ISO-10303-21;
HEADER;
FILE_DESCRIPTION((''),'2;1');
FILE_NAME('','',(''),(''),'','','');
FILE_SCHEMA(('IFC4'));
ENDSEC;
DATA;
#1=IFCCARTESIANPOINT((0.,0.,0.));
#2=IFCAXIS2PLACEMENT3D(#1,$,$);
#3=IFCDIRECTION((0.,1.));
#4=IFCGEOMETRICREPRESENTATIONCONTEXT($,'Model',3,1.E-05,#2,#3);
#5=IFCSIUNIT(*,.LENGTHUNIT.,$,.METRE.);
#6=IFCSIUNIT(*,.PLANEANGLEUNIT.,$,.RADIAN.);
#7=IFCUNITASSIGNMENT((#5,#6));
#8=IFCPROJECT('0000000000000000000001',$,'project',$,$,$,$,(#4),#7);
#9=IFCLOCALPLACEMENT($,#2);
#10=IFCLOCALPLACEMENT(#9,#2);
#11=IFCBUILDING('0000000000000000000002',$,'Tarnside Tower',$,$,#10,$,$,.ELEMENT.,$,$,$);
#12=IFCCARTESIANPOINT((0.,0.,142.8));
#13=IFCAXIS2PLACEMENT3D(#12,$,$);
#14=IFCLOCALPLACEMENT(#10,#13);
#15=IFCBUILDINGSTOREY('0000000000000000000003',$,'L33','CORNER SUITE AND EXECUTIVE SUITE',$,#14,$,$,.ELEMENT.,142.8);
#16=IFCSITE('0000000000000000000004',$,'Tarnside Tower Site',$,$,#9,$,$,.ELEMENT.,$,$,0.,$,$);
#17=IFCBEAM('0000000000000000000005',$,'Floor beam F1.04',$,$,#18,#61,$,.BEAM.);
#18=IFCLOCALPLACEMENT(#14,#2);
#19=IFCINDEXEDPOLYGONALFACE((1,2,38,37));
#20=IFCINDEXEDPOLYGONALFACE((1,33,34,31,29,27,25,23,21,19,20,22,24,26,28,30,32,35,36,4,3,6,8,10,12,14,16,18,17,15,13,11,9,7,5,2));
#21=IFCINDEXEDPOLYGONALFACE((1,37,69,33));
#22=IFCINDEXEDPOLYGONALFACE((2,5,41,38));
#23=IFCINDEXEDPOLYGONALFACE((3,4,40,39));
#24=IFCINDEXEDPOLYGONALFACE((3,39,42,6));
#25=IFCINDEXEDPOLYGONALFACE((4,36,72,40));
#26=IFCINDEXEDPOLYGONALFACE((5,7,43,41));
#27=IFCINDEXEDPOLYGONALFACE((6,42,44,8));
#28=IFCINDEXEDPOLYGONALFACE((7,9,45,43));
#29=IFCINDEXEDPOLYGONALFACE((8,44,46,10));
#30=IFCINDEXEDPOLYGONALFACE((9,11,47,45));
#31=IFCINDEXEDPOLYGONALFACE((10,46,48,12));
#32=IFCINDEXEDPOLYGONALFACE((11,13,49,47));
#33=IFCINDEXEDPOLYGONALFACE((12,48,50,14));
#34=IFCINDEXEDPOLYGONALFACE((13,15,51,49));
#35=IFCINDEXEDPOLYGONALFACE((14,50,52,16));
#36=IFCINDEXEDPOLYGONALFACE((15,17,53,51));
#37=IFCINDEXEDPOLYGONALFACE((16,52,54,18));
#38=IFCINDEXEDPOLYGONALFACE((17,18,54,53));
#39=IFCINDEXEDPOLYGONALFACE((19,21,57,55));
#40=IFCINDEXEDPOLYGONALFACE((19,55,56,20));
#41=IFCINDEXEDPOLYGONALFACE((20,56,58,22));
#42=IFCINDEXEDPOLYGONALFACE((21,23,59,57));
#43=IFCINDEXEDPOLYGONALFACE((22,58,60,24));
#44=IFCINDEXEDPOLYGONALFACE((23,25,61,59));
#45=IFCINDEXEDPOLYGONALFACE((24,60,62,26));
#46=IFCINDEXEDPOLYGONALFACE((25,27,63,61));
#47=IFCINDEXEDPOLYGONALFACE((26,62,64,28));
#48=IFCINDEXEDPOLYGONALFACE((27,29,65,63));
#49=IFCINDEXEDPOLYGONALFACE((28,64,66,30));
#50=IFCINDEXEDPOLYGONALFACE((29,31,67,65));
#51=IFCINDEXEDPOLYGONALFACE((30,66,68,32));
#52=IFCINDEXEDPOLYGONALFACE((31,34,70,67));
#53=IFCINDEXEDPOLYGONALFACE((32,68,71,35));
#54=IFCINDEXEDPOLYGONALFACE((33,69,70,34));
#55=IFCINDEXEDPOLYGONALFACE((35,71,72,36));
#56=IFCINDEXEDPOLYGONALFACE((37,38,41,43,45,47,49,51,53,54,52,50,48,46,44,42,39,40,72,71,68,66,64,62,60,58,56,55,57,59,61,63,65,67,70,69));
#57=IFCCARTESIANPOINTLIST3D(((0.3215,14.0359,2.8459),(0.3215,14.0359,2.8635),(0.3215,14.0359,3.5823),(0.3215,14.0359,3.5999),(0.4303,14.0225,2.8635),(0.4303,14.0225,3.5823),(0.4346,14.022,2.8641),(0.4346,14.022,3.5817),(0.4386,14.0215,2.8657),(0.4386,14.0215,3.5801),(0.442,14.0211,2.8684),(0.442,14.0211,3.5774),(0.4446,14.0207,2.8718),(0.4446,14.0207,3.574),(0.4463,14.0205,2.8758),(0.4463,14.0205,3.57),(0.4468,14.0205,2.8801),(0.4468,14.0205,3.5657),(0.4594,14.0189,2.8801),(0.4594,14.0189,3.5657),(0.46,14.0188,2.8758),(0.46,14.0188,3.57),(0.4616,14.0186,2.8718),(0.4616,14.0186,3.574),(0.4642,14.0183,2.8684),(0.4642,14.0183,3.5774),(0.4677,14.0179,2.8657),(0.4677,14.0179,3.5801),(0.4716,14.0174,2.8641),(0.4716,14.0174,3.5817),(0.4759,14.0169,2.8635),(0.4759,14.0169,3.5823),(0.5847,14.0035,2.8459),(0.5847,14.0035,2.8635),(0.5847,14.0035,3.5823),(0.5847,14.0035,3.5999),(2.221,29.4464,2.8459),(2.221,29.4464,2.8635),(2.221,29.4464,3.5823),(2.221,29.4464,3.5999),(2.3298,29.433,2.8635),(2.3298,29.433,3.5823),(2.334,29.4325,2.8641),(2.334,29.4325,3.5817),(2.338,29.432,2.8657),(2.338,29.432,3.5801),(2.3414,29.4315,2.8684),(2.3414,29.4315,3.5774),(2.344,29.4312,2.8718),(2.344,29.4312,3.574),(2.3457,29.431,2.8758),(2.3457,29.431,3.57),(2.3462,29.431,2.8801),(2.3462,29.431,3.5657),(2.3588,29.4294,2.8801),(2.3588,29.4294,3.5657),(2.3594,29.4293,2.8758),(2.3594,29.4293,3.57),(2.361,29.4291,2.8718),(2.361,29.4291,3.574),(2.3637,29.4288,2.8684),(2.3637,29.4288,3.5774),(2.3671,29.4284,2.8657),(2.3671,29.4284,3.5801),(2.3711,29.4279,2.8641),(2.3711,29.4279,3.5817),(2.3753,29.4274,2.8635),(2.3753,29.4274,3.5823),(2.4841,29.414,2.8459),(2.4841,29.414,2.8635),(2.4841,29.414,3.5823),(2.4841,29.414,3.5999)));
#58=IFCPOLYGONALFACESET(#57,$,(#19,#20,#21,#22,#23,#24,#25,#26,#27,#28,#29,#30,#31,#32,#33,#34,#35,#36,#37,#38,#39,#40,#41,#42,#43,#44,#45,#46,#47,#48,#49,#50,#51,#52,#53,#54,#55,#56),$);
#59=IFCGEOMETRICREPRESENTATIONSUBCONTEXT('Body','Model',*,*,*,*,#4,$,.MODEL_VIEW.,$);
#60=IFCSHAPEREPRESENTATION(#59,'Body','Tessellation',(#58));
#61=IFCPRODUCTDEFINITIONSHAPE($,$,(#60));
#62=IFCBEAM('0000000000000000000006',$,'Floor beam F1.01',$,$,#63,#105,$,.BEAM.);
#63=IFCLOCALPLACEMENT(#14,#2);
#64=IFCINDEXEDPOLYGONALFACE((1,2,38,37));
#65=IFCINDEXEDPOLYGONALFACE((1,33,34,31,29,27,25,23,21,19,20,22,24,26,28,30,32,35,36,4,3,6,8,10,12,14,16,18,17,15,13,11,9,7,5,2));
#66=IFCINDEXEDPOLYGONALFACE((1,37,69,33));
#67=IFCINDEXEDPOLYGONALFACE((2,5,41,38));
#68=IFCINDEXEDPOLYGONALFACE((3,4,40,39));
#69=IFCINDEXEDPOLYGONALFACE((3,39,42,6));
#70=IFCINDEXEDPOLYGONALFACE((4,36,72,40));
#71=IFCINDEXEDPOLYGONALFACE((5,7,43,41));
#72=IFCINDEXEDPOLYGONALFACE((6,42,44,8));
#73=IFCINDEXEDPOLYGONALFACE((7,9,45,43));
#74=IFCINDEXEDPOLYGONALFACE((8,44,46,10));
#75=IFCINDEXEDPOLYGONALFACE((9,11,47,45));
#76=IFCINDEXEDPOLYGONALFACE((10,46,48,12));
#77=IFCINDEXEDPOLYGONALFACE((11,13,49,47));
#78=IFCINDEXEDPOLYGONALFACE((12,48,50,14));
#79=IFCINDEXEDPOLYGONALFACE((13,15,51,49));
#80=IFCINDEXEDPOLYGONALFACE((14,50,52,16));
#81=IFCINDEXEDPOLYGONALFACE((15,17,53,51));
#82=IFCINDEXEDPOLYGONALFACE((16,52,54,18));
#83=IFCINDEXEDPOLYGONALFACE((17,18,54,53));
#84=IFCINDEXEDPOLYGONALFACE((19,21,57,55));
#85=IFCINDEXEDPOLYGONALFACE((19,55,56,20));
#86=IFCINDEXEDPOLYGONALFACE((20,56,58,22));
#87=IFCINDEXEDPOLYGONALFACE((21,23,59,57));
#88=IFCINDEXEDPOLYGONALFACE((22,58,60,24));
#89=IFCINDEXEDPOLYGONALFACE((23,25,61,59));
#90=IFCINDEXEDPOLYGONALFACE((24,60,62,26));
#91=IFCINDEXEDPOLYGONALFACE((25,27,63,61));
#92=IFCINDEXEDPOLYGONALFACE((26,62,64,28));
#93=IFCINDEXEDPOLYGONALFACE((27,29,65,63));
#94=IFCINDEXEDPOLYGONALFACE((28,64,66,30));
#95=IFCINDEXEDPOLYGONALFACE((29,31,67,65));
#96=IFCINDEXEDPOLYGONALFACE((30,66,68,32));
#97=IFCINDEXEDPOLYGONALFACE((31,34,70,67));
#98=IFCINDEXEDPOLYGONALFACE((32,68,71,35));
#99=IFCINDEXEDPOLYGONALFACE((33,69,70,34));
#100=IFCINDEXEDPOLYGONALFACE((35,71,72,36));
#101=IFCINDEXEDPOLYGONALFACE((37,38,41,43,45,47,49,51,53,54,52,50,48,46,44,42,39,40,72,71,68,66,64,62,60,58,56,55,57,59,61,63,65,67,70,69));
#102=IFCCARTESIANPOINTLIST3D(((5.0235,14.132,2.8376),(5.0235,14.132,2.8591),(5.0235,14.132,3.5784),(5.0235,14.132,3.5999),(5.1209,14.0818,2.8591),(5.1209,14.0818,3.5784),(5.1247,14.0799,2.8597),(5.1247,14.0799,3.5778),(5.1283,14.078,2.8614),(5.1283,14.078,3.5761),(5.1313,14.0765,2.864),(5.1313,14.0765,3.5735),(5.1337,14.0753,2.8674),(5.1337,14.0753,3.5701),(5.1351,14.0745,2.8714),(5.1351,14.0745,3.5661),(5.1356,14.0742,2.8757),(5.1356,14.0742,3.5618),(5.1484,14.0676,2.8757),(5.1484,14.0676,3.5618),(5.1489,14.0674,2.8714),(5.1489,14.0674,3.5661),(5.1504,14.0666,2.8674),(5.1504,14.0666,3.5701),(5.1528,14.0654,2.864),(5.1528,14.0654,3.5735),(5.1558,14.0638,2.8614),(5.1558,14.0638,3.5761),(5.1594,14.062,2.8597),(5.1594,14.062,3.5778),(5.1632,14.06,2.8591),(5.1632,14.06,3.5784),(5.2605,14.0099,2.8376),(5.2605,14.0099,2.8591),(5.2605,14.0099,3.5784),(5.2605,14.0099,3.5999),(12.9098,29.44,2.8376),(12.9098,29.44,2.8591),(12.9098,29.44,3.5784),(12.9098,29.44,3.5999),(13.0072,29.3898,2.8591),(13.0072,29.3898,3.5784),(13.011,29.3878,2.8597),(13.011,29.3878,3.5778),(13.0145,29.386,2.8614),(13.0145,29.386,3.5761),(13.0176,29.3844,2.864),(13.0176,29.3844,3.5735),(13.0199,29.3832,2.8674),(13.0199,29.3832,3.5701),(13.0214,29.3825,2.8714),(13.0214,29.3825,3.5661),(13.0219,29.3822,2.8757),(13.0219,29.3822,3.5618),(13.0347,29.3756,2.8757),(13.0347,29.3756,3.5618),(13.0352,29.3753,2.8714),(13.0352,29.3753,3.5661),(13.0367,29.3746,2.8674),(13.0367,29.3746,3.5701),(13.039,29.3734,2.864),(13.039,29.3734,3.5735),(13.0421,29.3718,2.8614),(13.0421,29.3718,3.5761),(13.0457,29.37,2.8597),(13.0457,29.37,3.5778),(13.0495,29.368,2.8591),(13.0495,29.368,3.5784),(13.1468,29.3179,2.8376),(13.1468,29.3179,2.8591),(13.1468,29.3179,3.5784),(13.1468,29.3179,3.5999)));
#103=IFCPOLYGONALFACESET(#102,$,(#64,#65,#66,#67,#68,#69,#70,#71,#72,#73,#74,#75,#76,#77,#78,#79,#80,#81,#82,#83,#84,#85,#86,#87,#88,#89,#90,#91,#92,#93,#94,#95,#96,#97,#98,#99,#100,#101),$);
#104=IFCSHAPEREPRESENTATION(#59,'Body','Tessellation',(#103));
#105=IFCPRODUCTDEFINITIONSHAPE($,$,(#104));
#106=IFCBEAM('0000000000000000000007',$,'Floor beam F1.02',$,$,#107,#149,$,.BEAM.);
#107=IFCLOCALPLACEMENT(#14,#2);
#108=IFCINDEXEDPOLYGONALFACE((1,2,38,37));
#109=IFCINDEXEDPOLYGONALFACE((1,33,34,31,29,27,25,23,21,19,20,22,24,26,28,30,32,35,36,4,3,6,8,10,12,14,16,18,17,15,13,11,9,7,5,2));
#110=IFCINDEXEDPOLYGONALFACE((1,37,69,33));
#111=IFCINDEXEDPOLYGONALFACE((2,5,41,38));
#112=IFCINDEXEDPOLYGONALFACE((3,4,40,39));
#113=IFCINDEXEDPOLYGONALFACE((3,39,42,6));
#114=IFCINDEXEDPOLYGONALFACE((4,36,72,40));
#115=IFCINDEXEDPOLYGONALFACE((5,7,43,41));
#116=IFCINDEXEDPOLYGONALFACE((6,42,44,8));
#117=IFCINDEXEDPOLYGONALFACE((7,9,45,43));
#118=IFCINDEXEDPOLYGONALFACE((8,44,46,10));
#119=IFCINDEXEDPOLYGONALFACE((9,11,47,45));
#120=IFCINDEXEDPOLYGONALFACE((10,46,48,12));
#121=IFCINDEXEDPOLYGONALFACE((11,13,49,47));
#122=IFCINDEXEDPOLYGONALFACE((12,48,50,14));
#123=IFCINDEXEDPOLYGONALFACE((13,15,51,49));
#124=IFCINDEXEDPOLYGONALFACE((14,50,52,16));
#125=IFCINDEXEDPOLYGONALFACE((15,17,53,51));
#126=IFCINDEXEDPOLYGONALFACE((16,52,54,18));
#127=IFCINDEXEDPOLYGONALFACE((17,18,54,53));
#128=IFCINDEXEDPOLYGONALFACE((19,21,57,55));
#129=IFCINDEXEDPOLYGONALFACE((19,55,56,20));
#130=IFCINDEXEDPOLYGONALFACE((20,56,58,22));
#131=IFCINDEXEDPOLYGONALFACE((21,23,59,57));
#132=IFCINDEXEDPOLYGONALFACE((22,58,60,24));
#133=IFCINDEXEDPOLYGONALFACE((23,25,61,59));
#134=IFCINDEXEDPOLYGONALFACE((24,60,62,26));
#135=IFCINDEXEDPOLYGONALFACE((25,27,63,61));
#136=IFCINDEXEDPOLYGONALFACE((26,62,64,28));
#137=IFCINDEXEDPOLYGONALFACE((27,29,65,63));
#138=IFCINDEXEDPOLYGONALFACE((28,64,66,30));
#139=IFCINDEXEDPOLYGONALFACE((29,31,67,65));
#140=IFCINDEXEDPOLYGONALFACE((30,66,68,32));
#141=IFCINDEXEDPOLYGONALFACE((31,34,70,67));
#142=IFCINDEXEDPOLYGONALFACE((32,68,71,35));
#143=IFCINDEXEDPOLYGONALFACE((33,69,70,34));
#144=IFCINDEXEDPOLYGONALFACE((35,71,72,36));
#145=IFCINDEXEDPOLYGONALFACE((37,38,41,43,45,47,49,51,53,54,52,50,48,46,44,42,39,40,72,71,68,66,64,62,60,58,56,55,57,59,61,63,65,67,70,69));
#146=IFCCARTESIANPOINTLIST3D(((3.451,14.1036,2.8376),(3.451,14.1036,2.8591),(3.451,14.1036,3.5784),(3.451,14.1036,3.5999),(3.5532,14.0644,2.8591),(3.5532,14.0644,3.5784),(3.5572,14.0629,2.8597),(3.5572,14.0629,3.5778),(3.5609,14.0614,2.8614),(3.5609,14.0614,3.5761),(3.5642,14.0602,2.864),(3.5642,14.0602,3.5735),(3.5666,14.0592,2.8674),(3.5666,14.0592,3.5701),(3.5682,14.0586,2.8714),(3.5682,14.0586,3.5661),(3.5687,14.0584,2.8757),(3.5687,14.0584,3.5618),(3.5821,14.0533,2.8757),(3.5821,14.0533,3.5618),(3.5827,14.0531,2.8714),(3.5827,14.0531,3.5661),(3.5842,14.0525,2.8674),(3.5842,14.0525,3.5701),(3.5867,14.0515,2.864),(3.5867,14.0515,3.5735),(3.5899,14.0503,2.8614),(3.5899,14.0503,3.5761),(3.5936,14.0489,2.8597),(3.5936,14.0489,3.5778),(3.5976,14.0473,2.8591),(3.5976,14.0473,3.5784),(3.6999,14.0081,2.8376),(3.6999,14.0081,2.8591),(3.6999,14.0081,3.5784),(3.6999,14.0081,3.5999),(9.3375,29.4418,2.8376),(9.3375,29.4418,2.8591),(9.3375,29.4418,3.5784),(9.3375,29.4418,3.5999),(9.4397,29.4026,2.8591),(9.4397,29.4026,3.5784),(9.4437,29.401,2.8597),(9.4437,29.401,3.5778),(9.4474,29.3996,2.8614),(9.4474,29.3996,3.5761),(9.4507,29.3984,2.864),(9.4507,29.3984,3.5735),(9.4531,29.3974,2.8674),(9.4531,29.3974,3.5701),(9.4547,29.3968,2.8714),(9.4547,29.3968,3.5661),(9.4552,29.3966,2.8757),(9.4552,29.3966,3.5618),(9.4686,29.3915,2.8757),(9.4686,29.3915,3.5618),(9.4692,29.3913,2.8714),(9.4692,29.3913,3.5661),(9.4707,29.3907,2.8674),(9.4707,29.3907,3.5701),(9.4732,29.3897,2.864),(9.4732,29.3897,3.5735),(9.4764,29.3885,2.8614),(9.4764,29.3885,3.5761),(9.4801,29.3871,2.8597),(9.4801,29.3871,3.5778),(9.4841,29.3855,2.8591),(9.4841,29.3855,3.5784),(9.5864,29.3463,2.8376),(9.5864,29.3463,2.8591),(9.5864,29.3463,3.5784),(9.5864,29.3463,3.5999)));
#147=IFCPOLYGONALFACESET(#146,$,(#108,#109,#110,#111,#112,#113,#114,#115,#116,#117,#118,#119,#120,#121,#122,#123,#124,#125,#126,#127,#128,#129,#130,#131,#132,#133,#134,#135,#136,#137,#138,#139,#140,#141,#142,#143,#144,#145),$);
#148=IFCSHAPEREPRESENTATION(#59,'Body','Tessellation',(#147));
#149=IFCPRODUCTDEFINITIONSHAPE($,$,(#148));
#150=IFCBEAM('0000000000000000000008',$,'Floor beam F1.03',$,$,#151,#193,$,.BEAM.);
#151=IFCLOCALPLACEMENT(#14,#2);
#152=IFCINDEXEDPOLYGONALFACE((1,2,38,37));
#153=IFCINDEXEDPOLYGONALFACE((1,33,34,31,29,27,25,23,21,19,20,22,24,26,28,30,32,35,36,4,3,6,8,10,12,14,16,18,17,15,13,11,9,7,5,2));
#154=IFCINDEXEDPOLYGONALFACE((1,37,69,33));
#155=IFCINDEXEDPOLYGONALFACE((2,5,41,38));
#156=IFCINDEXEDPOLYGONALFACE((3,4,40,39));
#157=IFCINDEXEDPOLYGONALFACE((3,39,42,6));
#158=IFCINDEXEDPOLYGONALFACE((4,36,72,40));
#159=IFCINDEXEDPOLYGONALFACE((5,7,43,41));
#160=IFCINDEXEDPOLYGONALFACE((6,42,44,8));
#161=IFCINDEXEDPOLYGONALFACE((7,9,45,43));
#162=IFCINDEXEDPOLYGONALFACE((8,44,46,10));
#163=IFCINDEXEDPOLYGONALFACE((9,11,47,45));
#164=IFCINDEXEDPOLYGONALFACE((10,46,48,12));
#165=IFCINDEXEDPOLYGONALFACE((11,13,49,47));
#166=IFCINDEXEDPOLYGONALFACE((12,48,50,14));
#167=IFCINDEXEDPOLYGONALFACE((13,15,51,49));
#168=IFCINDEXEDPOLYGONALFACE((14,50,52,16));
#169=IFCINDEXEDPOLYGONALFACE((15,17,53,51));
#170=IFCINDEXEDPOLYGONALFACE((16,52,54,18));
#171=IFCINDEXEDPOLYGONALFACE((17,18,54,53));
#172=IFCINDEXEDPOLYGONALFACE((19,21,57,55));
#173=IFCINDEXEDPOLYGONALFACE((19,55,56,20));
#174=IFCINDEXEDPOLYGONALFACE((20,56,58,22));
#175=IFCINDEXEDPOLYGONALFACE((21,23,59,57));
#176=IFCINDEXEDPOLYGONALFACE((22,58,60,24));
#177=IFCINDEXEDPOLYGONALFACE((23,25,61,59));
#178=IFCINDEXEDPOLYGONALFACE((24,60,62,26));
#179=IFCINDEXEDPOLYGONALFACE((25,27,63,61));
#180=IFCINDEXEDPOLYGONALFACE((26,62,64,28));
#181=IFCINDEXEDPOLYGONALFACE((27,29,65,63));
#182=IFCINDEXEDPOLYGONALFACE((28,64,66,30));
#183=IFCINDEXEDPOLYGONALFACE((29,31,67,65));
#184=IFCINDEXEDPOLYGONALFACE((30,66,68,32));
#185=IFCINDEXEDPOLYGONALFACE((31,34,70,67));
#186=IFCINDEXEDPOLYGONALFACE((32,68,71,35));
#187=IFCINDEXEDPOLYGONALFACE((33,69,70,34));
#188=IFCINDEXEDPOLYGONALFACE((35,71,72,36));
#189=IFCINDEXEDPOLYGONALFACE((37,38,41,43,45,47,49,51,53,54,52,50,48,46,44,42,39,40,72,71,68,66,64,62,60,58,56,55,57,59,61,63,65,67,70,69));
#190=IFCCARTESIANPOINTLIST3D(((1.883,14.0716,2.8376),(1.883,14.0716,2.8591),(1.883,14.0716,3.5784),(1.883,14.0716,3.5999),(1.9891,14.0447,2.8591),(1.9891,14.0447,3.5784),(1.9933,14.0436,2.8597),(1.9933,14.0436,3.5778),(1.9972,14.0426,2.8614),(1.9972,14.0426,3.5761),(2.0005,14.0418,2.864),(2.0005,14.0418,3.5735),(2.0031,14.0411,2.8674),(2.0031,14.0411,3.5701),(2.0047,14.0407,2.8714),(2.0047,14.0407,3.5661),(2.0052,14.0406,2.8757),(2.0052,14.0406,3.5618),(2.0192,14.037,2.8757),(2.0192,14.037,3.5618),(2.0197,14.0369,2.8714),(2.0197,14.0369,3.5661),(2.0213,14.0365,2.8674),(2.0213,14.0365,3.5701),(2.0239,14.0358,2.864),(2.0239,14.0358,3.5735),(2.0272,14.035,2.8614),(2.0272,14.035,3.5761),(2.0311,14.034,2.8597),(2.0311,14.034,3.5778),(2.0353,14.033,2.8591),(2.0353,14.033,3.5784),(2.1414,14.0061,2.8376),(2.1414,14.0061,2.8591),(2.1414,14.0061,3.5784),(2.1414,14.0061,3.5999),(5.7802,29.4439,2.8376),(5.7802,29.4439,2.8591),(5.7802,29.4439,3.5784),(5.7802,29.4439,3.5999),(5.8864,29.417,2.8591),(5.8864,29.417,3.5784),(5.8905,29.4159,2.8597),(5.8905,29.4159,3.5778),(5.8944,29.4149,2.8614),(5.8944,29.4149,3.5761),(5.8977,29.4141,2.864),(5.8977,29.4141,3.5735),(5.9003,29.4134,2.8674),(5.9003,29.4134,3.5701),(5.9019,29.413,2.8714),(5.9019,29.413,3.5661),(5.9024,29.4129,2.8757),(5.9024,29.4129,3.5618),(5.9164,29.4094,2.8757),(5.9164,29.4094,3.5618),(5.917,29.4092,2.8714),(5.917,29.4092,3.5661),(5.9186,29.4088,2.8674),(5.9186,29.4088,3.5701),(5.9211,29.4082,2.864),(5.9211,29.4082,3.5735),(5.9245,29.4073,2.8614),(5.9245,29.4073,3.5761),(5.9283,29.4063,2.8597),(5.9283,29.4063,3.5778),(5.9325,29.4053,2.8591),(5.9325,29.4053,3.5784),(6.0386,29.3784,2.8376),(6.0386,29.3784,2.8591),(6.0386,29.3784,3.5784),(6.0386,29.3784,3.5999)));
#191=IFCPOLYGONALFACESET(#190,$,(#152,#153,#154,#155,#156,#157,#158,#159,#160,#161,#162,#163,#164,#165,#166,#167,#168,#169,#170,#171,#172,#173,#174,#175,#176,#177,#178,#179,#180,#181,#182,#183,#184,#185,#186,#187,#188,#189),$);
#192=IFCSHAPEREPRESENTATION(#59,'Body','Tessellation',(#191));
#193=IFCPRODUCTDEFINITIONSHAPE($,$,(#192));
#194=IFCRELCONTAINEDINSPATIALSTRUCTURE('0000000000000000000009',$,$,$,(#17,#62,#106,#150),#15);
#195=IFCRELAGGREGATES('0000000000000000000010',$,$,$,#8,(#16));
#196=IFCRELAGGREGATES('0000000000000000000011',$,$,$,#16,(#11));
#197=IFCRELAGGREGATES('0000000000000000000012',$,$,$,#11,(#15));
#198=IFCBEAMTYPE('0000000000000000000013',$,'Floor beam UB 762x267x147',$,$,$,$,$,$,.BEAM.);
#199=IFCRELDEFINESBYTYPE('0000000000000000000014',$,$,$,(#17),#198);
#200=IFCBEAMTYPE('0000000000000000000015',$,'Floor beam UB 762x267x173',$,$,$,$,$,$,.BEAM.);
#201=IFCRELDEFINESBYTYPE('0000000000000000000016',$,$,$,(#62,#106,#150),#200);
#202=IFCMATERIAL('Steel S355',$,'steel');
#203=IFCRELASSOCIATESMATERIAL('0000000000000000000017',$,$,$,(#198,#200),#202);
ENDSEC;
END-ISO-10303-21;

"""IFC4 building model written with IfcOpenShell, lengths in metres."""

from ifc_helpers import new_model, si_unit, direction, frame, origin, origin_2d, place, context, subcontext, project, spatial, i_section, extrude, material, material_profile, profile_set, type_object, element, save


model = new_model("IFC4")

# Units and contexts
model_context = context("Model", 3, precision=1e-05, world=origin(), true_north=direction((0.0, 1.0)))
body_context = subcontext(model_context, "Body", "Model", "MODEL_VIEW")
ifc_project = project(units=[si_unit("LENGTHUNIT", "METRE"), si_unit("PLANEANGLEUNIT", "RADIAN")], contexts=[model_context])

# Site, building, storey
site_placement = place(None, origin())
site = spatial("IfcSite", under=ifc_project, at=site_placement, Name="Tarnside Tower Site", CompositionType="ELEMENT", RefElevation=0.0)
building_placement = place(site_placement, origin())
building = spatial("IfcBuilding", under=site, at=building_placement, Name="Tarnside Tower", CompositionType="ELEMENT")
storey_placement = place(building_placement, frame((0.0, 0.0, 142.8)))
storey = spatial("IfcBuildingStorey", under=building, at=storey_placement, Name="L33", Description="CORNER SUITE AND EXECUTIVE SUITE", CompositionType="ELEMENT", Elevation=142.8)

# Beams
ifc_material_1 = material(Name="Steel S355", Category="steel")
ifc_material_profile_1 = material_profile(ifc_material_1, i_section(OverallWidth=0.2651, OverallDepth=0.7539, WebThickness=0.0127, FlangeThickness=0.0176, FilletRadius=0.0166, at=origin_2d()), Name="UB 762x267x147")
ifc_profile_set_1 = profile_set([ifc_material_profile_1], Name="Steel S355")
beam_type_1 = type_object("IfcBeamType", Name="Floor beam UB 762x267x147", PredefinedType="BEAM", material=ifc_profile_set_1)
beam_1_placement = place(storey_placement, frame((2.3525, 29.4302, 3.2229), z_axis=(-0.12233, -0.99249, 0.0), x_axis=(0.99249, -0.12233, 0.0)))
element("IfcBeam", 1, at=beam_1_placement, inside=storey, type_object=beam_type_1, Name="Floor beam F1.04", PredefinedType="BEAM", context=body_context, shape_type="SweptSolid", body=[
    extrude(i_section(OverallWidth=0.2651, OverallDepth=0.7539, WebThickness=0.0127, FlangeThickness=0.0176, FilletRadius=0.0166, at=origin_2d()), origin(), (0.0, 0.0, 1.0), 15.5271),
])
ifc_material_profile_2 = material_profile(ifc_material_1, i_section(OverallWidth=0.2666, OverallDepth=0.7622, WebThickness=0.0144, FlangeThickness=0.0215, FilletRadius=0.0166, at=origin_2d()), Name="UB 762x267x173")
ifc_profile_set_2 = profile_set([ifc_material_profile_2], Name="Steel S355")
beam_type_2 = type_object("IfcBeamType", Name="Floor beam UB 762x267x173", PredefinedType="BEAM", material=ifc_profile_set_2)
beam_2_placement = place(storey_placement, frame((13.0283, 29.3789, 3.2188), z_axis=(-0.457973, -0.888966, 0.0), x_axis=(0.888966, -0.457973, 0.0)))
element("IfcBeam", 2, at=beam_2_placement, inside=storey, type_object=beam_type_2, Name="Floor beam F1.01", PredefinedType="BEAM", context=body_context, shape_type="SweptSolid", body=[
    extrude(i_section(OverallWidth=0.2666, OverallDepth=0.7622, WebThickness=0.0144, FlangeThickness=0.0215, FilletRadius=0.0166, at=origin_2d()), origin(), (0.0, 0.0, 1.0), 17.22),
])
beam_3_placement = place(storey_placement, frame((9.4619, 29.394, 3.2188), z_axis=(-0.3583, -0.933607, 0.0), x_axis=(0.933607, -0.3583, 0.0)))
element("IfcBeam", 3, at=beam_3_placement, inside=storey, type_object=beam_type_2, Name="Floor beam F1.02", PredefinedType="BEAM", context=body_context, shape_type="SweptSolid", body=[
    extrude(i_section(OverallWidth=0.2666, OverallDepth=0.7622, WebThickness=0.0144, FlangeThickness=0.0215, FilletRadius=0.0166, at=origin_2d()), origin(), (0.0, 0.0, 1.0), 16.429),
])
beam_4_placement = place(storey_placement, frame((5.9094, 29.4111, 3.2188), z_axis=(-0.245747, -0.969334, 0.0), x_axis=(0.969334, -0.245747, 0.0)))
element("IfcBeam", 4, at=beam_4_placement, inside=storey, type_object=beam_type_2, Name="Floor beam F1.03", PredefinedType="BEAM", context=body_context, shape_type="SweptSolid", body=[
    extrude(i_section(OverallWidth=0.2666, OverallDepth=0.7622, WebThickness=0.0144, FlangeThickness=0.0215, FilletRadius=0.0166, at=origin_2d()), origin(), (0.0, 0.0, 1.0), 15.8586),
])

save(model, "model.ifc")
